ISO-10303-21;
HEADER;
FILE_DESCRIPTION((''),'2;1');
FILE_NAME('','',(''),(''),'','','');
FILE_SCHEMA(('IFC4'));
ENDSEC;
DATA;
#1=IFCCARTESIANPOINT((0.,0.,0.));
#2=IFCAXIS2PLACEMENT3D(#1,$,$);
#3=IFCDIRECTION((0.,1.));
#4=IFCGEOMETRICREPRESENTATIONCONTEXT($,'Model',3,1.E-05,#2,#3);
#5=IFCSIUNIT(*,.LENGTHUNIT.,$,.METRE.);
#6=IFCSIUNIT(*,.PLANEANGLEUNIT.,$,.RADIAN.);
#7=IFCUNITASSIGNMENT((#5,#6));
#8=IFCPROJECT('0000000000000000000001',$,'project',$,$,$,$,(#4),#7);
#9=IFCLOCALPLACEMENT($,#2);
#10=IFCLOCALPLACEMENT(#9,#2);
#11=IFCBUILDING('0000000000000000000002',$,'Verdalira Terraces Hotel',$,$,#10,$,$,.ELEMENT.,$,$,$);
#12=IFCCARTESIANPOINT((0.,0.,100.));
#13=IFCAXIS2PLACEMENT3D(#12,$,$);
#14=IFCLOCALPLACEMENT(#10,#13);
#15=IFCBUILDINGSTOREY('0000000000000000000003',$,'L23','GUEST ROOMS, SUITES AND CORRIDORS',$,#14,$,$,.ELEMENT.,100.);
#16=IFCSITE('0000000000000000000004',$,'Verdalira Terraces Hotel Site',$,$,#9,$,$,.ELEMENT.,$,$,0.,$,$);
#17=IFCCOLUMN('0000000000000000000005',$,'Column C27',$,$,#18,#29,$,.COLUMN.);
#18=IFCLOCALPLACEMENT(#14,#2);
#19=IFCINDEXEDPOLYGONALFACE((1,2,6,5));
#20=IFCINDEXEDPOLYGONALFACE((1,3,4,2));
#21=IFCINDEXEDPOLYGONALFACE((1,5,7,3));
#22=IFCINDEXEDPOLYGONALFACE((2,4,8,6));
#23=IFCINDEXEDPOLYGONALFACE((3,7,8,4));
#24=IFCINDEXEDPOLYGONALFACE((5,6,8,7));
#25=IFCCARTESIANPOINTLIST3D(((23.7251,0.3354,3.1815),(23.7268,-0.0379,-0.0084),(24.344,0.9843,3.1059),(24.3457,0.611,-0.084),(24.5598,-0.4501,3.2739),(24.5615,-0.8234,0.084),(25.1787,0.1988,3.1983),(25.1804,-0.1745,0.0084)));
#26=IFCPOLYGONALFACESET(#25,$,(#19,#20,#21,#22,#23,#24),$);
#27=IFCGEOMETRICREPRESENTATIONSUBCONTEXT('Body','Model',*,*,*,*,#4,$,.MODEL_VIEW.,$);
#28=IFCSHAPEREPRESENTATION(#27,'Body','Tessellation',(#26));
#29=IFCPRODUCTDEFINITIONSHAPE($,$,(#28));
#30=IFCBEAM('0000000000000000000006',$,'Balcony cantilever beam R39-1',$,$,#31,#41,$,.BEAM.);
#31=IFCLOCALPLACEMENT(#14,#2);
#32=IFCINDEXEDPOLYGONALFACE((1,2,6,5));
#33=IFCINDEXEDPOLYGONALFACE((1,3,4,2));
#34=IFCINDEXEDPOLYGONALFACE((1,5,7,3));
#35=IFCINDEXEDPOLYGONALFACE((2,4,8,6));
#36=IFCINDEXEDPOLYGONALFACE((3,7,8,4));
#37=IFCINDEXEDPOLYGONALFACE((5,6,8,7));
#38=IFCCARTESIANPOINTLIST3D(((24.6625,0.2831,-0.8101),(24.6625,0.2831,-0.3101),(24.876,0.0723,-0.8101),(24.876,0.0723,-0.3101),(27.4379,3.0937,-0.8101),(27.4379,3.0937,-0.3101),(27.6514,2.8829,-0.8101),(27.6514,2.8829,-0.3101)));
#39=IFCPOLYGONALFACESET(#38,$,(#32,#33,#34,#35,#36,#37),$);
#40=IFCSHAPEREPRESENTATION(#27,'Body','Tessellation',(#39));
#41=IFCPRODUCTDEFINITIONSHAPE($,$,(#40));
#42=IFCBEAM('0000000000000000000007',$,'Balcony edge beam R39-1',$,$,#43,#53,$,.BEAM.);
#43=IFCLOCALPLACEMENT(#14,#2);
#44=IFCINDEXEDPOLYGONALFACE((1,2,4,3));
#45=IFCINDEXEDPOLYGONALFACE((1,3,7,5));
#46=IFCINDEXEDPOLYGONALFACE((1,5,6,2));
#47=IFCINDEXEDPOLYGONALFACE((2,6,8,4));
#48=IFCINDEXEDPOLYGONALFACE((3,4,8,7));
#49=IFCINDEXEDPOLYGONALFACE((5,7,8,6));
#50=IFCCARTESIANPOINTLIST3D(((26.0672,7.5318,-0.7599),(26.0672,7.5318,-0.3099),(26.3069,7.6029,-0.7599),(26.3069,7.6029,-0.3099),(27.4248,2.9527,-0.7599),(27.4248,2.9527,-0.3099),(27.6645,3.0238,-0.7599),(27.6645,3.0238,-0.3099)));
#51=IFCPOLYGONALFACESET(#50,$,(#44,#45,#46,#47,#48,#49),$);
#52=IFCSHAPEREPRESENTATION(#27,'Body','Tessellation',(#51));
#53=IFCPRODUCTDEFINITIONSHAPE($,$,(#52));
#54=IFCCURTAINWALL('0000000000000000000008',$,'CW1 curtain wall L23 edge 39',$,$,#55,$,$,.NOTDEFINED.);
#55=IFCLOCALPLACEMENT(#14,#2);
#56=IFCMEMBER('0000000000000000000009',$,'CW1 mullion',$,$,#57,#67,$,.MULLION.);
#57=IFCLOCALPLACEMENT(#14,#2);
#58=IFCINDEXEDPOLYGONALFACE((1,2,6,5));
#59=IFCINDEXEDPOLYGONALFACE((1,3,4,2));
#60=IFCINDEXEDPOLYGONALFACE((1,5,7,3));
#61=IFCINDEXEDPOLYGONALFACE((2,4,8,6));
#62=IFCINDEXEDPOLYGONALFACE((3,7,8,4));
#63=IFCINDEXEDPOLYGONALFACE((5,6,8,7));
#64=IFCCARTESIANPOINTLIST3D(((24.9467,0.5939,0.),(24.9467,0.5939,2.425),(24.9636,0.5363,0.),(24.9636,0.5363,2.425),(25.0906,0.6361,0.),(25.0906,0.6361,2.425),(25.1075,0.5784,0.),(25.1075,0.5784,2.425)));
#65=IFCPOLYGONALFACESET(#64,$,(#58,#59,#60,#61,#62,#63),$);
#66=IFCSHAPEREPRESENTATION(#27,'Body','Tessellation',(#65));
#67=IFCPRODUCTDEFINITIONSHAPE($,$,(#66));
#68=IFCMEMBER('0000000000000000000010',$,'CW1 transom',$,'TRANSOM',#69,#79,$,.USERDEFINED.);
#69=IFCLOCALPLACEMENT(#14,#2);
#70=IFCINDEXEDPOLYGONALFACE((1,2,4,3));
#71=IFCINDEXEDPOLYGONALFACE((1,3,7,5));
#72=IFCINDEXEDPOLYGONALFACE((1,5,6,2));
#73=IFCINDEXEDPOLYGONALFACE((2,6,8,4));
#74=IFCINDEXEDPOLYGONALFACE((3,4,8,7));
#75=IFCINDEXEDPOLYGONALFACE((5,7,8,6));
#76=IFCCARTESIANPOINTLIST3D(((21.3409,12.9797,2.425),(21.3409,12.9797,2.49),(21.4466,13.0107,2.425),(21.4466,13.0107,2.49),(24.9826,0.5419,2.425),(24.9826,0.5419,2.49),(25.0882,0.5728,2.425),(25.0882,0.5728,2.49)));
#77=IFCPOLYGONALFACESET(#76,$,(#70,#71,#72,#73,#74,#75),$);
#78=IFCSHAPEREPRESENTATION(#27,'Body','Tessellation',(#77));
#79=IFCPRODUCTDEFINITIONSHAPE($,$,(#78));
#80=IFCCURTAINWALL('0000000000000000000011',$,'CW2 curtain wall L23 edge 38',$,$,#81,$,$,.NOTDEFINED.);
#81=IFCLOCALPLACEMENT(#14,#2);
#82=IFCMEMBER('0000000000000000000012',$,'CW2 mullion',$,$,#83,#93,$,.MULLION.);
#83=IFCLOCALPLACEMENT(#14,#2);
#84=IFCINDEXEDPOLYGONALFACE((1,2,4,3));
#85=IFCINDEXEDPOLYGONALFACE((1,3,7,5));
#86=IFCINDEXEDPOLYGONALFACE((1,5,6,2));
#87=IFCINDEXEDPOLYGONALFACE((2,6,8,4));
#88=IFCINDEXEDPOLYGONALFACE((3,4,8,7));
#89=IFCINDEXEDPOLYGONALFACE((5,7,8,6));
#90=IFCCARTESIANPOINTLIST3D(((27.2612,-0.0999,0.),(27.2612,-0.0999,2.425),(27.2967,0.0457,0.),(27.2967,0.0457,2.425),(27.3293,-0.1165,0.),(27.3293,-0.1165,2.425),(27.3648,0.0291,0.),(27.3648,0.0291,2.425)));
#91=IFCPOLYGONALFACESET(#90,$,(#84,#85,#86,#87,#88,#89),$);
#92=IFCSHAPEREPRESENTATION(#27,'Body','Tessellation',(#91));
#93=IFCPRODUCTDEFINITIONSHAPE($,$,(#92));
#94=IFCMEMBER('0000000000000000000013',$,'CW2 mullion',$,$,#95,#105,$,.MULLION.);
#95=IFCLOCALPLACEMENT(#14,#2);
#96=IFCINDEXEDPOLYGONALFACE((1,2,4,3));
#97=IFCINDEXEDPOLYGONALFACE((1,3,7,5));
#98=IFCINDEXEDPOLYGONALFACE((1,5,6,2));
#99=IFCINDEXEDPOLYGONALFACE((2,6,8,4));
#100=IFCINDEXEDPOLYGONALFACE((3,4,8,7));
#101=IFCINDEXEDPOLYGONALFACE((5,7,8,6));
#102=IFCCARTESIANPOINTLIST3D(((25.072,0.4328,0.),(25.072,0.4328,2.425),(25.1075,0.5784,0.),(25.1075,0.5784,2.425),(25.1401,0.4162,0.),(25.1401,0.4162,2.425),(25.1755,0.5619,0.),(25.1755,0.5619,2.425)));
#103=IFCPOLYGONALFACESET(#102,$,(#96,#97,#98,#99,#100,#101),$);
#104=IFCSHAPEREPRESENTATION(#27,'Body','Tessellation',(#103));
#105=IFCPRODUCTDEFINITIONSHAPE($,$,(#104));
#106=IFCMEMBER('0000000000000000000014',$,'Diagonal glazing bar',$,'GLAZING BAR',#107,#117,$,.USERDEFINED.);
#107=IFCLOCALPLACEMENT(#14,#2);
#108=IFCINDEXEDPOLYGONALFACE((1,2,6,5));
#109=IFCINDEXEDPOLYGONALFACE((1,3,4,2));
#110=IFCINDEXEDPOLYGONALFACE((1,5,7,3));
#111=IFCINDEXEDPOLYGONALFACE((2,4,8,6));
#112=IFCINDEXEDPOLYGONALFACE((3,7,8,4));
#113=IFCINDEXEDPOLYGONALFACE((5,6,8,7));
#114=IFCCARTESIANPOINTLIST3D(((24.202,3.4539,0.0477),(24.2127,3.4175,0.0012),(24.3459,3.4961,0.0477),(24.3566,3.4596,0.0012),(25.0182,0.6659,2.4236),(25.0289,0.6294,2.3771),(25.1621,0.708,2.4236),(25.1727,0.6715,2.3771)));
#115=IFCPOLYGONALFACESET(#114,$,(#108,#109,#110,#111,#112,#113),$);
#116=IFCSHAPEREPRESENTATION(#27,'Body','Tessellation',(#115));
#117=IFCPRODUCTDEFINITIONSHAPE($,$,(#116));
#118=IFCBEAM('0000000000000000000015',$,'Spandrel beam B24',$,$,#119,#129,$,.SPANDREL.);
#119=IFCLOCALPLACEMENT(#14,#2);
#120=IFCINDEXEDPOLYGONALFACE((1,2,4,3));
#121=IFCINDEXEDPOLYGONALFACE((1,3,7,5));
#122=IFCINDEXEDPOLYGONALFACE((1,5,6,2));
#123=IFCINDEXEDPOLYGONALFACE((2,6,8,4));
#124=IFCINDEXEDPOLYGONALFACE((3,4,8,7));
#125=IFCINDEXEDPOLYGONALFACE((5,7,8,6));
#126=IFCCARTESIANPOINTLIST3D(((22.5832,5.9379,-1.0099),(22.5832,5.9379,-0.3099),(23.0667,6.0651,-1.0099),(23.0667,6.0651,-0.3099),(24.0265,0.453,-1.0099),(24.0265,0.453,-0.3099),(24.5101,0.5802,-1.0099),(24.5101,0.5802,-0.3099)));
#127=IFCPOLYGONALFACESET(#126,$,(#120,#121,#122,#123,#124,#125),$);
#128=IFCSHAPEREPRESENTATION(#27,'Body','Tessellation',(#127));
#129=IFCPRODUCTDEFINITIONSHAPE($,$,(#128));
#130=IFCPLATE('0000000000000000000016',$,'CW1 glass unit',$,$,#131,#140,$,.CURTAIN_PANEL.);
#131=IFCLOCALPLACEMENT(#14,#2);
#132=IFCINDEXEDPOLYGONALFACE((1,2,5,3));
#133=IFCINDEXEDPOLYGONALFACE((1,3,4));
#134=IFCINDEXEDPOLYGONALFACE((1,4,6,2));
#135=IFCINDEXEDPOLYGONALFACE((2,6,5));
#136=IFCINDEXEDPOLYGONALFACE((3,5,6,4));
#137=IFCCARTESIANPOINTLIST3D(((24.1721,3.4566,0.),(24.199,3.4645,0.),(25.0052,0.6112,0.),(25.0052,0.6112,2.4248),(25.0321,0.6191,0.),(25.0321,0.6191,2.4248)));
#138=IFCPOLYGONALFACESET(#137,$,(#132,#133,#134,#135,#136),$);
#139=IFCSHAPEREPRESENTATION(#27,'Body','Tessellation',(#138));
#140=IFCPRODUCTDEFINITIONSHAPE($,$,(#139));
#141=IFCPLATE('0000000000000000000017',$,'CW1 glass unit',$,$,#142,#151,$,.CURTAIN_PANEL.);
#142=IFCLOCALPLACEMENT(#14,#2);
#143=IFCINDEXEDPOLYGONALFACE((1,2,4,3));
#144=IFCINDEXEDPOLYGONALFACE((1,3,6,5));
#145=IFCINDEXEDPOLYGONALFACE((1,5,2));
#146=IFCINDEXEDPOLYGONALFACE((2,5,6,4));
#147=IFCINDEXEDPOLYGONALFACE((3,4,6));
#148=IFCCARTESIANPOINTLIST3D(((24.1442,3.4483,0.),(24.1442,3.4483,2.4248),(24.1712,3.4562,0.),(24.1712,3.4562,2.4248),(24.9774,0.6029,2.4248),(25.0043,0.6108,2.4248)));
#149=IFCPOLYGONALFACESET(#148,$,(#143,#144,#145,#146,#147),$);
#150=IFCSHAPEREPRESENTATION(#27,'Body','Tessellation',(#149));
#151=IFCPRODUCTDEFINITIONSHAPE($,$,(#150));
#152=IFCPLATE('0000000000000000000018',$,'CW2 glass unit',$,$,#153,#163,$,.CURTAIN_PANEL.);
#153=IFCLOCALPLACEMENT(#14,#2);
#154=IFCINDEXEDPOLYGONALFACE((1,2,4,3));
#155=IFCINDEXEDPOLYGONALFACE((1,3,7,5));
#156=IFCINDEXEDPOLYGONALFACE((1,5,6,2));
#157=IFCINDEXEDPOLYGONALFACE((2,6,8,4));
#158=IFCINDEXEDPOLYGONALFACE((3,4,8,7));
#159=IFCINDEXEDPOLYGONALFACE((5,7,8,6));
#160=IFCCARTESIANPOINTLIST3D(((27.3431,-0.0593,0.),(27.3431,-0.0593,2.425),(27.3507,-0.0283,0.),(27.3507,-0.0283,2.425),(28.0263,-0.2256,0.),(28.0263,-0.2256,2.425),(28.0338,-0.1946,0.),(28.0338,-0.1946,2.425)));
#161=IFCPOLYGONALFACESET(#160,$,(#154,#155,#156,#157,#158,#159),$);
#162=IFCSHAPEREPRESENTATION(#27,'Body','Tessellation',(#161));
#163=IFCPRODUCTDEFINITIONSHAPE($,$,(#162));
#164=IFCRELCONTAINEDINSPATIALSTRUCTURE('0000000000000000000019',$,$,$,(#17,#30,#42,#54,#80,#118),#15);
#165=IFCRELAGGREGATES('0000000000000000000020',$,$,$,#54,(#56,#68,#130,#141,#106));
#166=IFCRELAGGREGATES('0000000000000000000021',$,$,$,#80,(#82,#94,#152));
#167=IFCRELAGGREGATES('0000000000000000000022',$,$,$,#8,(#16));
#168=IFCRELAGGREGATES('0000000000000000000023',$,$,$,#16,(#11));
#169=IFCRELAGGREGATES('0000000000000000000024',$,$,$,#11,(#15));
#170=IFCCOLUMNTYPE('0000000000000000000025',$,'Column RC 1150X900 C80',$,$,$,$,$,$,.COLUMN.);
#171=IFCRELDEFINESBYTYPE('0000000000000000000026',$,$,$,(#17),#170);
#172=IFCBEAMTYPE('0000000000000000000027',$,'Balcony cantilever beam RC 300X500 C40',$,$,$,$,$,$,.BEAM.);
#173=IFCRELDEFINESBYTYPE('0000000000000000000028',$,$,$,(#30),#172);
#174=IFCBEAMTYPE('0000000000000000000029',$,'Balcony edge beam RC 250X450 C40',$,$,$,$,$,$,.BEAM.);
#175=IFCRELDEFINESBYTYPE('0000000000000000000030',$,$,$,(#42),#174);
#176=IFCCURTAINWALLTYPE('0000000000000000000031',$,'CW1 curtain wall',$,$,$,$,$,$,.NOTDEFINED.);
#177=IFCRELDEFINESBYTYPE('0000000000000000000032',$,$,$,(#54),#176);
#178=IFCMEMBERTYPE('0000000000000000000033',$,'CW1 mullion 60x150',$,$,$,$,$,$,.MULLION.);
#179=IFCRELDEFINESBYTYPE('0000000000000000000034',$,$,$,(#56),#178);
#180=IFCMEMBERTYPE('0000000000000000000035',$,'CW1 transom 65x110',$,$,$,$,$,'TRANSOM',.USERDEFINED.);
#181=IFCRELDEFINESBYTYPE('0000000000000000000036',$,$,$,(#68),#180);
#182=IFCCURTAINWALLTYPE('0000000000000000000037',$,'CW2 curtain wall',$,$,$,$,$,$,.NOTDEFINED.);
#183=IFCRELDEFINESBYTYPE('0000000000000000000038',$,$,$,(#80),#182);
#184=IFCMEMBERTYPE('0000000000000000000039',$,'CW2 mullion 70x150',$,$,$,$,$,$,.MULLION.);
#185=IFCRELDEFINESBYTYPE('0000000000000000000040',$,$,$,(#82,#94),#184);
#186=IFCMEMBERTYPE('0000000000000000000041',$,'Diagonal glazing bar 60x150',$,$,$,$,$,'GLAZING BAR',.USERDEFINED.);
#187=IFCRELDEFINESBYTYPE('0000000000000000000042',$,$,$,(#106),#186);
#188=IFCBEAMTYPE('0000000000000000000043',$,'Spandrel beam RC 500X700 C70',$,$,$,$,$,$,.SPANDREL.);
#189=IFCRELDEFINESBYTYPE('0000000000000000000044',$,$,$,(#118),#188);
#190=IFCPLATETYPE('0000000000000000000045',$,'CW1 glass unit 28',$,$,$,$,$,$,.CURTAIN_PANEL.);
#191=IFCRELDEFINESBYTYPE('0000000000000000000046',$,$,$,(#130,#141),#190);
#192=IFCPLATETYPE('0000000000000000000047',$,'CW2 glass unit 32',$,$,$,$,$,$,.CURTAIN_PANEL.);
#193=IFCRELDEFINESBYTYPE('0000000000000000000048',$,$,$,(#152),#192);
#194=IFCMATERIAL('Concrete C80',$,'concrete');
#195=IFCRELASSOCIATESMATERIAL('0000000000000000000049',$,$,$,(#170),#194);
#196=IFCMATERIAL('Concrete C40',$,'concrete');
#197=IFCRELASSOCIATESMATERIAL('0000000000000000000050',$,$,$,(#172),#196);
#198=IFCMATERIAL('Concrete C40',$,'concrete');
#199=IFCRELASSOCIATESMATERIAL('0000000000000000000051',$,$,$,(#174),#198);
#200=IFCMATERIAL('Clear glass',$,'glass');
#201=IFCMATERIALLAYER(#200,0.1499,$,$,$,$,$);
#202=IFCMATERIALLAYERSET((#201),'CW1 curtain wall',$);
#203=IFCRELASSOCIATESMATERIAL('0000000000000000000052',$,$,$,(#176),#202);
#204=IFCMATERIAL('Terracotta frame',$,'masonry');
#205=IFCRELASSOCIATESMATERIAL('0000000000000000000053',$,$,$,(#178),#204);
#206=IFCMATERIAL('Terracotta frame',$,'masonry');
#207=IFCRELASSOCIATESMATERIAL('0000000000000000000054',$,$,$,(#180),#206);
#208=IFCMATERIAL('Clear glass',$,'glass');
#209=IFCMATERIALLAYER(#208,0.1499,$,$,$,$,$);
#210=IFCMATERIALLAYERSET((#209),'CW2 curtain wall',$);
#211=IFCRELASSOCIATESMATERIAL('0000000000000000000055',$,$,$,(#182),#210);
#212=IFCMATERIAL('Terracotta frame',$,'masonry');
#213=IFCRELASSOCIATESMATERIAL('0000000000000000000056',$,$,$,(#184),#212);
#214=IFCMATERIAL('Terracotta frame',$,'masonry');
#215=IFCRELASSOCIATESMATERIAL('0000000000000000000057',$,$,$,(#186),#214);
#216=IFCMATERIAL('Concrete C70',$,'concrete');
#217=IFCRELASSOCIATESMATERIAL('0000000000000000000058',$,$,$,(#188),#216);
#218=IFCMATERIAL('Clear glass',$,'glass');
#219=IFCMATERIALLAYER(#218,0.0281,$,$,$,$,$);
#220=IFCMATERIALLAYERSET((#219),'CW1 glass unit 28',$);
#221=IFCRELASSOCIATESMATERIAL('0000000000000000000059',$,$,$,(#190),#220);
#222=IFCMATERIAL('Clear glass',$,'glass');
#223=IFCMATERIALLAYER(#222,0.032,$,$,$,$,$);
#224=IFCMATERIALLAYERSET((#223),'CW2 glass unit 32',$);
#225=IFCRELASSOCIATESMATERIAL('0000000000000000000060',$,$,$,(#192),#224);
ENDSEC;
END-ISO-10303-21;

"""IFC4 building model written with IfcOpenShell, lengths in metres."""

from ifc_helpers import new_model, si_unit, direction, frame, origin, origin_2d, place, context, subcontext, project, spatial, polyline, rectangle, outline, extrude, material, layer, layer_set, material_profile, profile_set, type_object, element, aggregate, save


model = new_model("IFC4")

# Units and contexts
model_context = context("Model", 3, precision=1e-05, world=origin(), true_north=direction((0.0, 1.0)))
body_context = subcontext(model_context, "Body", "Model", "MODEL_VIEW")
ifc_project = project(units=[si_unit("LENGTHUNIT", "METRE"), si_unit("PLANEANGLEUNIT", "RADIAN")], contexts=[model_context])

# Site, building, storey
site_placement = place(None, origin())
site = spatial("IfcSite", under=ifc_project, at=site_placement, Name="Verdalira Terraces Hotel Site", CompositionType="ELEMENT", RefElevation=0.0)
building_placement = place(site_placement, origin())
building = spatial("IfcBuilding", under=site, at=building_placement, Name="Verdalira Terraces Hotel", CompositionType="ELEMENT")
storey_placement = place(building_placement, frame((0.0, 0.0, 100.0)))
storey = spatial("IfcBuildingStorey", under=building, at=storey_placement, Name="L23", Description="GUEST ROOMS, SUITES AND CORRIDORS", CompositionType="ELEMENT", Elevation=100.0)

# Column
ifc_material_1 = material(Name="Concrete C80", Category="concrete")
ifc_material_profile_1 = material_profile(ifc_material_1, rectangle(XDim=1.1499, YDim=0.8999, at=origin_2d()), Name="RC 1150X900")
ifc_profile_set_1 = profile_set([ifc_material_profile_1], Name="Concrete C80")
column_type = type_object("IfcColumnType", Name="Column RC 1150X900 C80", PredefinedType="COLUMN", material=ifc_profile_set_1)
column_placement = place(storey_placement, frame((24.4536, -0.1062, 0.0), z_axis=(-0.000532, 0.116228, 0.993222), x_axis=(0.725905, -0.683088, 0.080325)))
element("IfcColumn", 1, at=column_placement, inside=storey, type_object=column_type, Name="Column C27", PredefinedType="COLUMN", context=body_context, shape_type="SweptSolid", body=[
    extrude(rectangle(XDim=1.1499, YDim=0.8999, at=origin_2d()), origin(), (0.0, 0.0, 1.0), 3.2117),
])

# Beams
ifc_material_2 = material(Name="Concrete C40", Category="concrete")
ifc_material_profile_2 = material_profile(ifc_material_2, rectangle(XDim=0.3, YDim=0.5, at=origin_2d()), Name="RC 300X500")
ifc_profile_set_2 = profile_set([ifc_material_profile_2], Name="Concrete C40")
beam_type_1 = type_object("IfcBeamType", Name="Balcony cantilever beam RC 300X500 C40", PredefinedType="BEAM", material=ifc_profile_set_2)
beam_1_placement = place(storey_placement, frame((24.7693, 0.1777, -0.5601), z_axis=(0.702643, 0.711543, 0.0), x_axis=(-0.711543, 0.702643, 0.0)))
element("IfcBeam", 2, at=beam_1_placement, inside=storey, type_object=beam_type_1, Name="Balcony cantilever beam R39-1", PredefinedType="BEAM", context=body_context, shape_type="SweptSolid", body=[
    extrude(rectangle(XDim=0.3, YDim=0.5, at=origin_2d()), origin(), (0.0, 0.0, 1.0), 3.95),
])
ifc_material_3 = material(Name="Concrete C40", Category="concrete")
ifc_material_profile_3 = material_profile(ifc_material_3, rectangle(XDim=0.25, YDim=0.45, at=origin_2d()), Name="RC 250X450")
ifc_profile_set_3 = profile_set([ifc_material_profile_3], Name="Concrete C40")
beam_type_2 = type_object("IfcBeamType", Name="Balcony edge beam RC 250X450 C40", PredefinedType="BEAM", material=ifc_profile_set_3)
beam_2_placement = place(storey_placement, frame((27.5447, 2.9883, -0.5349), z_axis=(-0.284261, 0.958747, 0.0), x_axis=(-0.958747, -0.284261, 0.0)))
element("IfcBeam", 3, at=beam_2_placement, inside=storey, type_object=beam_type_2, Name="Balcony edge beam R39-1", PredefinedType="BEAM", context=body_context, shape_type="SweptSolid", body=[
    extrude(rectangle(XDim=0.25, YDim=0.45, at=origin_2d()), origin(), (0.0, 0.0, 1.0), 4.7761),
])

# Curtain walls, members
ifc_material_4 = material(Name="Clear glass", Category="glass")
ifc_layer_1 = layer(ifc_material_4, 0.1499)
ifc_layer_set_1 = layer_set([ifc_layer_1], Name="CW1 curtain wall")
curtain_wall_type_1 = type_object("IfcCurtainWallType", Name="CW1 curtain wall", PredefinedType="NOTDEFINED", material=ifc_layer_set_1)
curtain_wall_1_placement = place(storey_placement, origin())
curtain_wall_1 = element("IfcCurtainWall", 4, at=curtain_wall_1_placement, inside=storey, type_object=curtain_wall_type_1, Name="CW1 curtain wall L23 edge 39", PredefinedType="NOTDEFINED")
ifc_material_5 = material(Name="Terracotta frame", Category="masonry")
ifc_material_profile_4 = material_profile(ifc_material_5, rectangle(XDim=0.0601, YDim=0.1499, at=origin_2d()), Name="MU 60x150")
ifc_profile_set_4 = profile_set([ifc_material_profile_4], Name="Terracotta frame")
member_type_1 = type_object("IfcMemberType", Name="CW1 mullion 60x150", PredefinedType="MULLION", material=ifc_profile_set_4)
member_1_placement = place(storey_placement, frame((25.0271, 0.5862, 0.0), z_axis=(0.0, 0.0, 1.0), x_axis=(-0.281002, 0.959707, 0.0)))
member_1 = element("IfcMember", 5, at=member_1_placement, type_object=member_type_1, Name="CW1 mullion", PredefinedType="MULLION", context=body_context, shape_type="SweptSolid", body=[
    extrude(rectangle(XDim=0.0601, YDim=0.1499, at=origin_2d()), origin(), (0.0, 0.0, 1.0), 2.425),
])
ifc_material_6 = material(Name="Terracotta frame", Category="masonry")
ifc_material_profile_5 = material_profile(ifc_material_6, rectangle(XDim=0.1101, YDim=0.0649, at=origin_2d()), Name="TR 65x110")
ifc_profile_set_5 = profile_set([ifc_material_profile_5], Name="Terracotta frame")
member_type_2 = type_object("IfcMemberType", Name="CW1 transom 65x110", ElementType="TRANSOM", PredefinedType="USERDEFINED", material=ifc_profile_set_5)
member_2_placement = place(storey_placement, frame((25.0354, 0.5574, 2.4575), z_axis=(-0.28099, 0.959711, 0.0), x_axis=(-0.959711, -0.28099, 0.0)))
member_2 = element("IfcMember", 6, at=member_2_placement, type_object=member_type_2, Name="CW1 transom", ObjectType="TRANSOM", PredefinedType="USERDEFINED", context=body_context, shape_type="SweptSolid", body=[
    extrude(rectangle(XDim=0.1101, YDim=0.0649, at=origin_2d()), origin(), (0.0, 0.0, 1.0), 12.96),
])
ifc_material_7 = material(Name="Clear glass", Category="glass")
ifc_layer_2 = layer(ifc_material_7, 0.1499)
ifc_layer_set_2 = layer_set([ifc_layer_2], Name="CW2 curtain wall")
curtain_wall_type_2 = type_object("IfcCurtainWallType", Name="CW2 curtain wall", PredefinedType="NOTDEFINED", material=ifc_layer_set_2)
curtain_wall_2_placement = place(storey_placement, origin())
curtain_wall_2 = element("IfcCurtainWall", 7, at=curtain_wall_2_placement, inside=storey, type_object=curtain_wall_type_2, Name="CW2 curtain wall L23 edge 38", PredefinedType="NOTDEFINED")
ifc_material_8 = material(Name="Terracotta frame", Category="masonry")
ifc_material_profile_6 = material_profile(ifc_material_8, rectangle(XDim=0.0701, YDim=0.1499, at=origin_2d()), Name="MU 70x150")
ifc_profile_set_6 = profile_set([ifc_material_profile_6], Name="Terracotta frame")
member_type_3 = type_object("IfcMemberType", Name="CW2 mullion 70x150", PredefinedType="MULLION", material=ifc_profile_set_6)
member_3_placement = place(storey_placement, frame((27.313, -0.0354, 0.0), z_axis=(0.0, 0.0, 1.0), x_axis=(-0.971632, 0.236499, 0.0)))
member_3 = element("IfcMember", 8, at=member_3_placement, type_object=member_type_3, Name="CW2 mullion", PredefinedType="MULLION", context=body_context, shape_type="SweptSolid", body=[
    extrude(rectangle(XDim=0.0701, YDim=0.1499, at=origin_2d()), origin(), (0.0, 0.0, 1.0), 2.425),
])
member_4_placement = place(storey_placement, frame((25.1238, 0.4973, 0.0), z_axis=(0.0, 0.0, 1.0), x_axis=(-0.971632, 0.236499, 0.0)))
member_4 = element("IfcMember", 9, at=member_4_placement, type_object=member_type_3, Name="CW2 mullion", PredefinedType="MULLION", context=body_context, shape_type="SweptSolid", body=[
    extrude(rectangle(XDim=0.0701, YDim=0.1499, at=origin_2d()), origin(), (0.0, 0.0, 1.0), 2.425),
])

# Member
ifc_material_9 = material(Name="Terracotta frame", Category="masonry")
ifc_material_profile_7 = material_profile(ifc_material_9, rectangle(XDim=0.1499, YDim=0.0601, at=origin_2d()), Name="GB 60x150")
ifc_profile_set_7 = profile_set([ifc_material_profile_7], Name="Terracotta frame")
member_type_4 = type_object("IfcMemberType", Name="Diagonal glazing bar 60x150", ElementType="GLAZING BAR", PredefinedType="USERDEFINED", material=ifc_profile_set_7)
member_5_placement = place(storey_placement, frame((25.0955, 0.6687, 2.4004), z_axis=(-0.217471, 0.742901, -0.633092), x_axis=(-0.959725, -0.280942, 0.0)))
member_5 = element("IfcMember", 10, at=member_5_placement, type_object=member_type_4, Name="Diagonal glazing bar", ObjectType="GLAZING BAR", PredefinedType="USERDEFINED", context=body_context, shape_type="SweptSolid", body=[
    extrude(rectangle(XDim=0.1499, YDim=0.0601, at=origin_2d()), origin(), (0.0, 0.0, 1.0), 3.7529),
])

# Beam
ifc_material_10 = material(Name="Concrete C70", Category="concrete")
ifc_material_profile_8 = material_profile(ifc_material_10, rectangle(XDim=0.5, YDim=0.7, at=origin_2d()), Name="RC 500X700")
ifc_profile_set_8 = profile_set([ifc_material_profile_8], Name="Concrete C70")
beam_type_3 = type_object("IfcBeamType", Name="Spandrel beam RC 500X700 C70", PredefinedType="SPANDREL", material=ifc_profile_set_8)
beam_3_placement = place(storey_placement, frame((24.2683, 0.5166, -0.6599), z_axis=(-0.254489, 0.967076, 0.0), x_axis=(-0.967076, -0.254489, 0.0)))
element("IfcBeam", 11, at=beam_3_placement, inside=storey, type_object=beam_type_3, Name="Spandrel beam B24", PredefinedType="SPANDREL", context=body_context, shape_type="SweptSolid", body=[
    extrude(rectangle(XDim=0.5, YDim=0.7, at=origin_2d()), origin(), (0.0, 0.0, 1.0), 5.6716),
])

# Plates
ifc_material_11 = material(Name="Clear glass", Category="glass")
ifc_layer_3 = layer(ifc_material_11, 0.0281)
ifc_layer_set_3 = layer_set([ifc_layer_3], Name="CW1 glass unit 28")
plate_type_1 = type_object("IfcPlateType", Name="CW1 glass unit 28", PredefinedType="CURTAIN_PANEL", material=ifc_layer_set_3)
plate_1_placement = place(storey_placement, frame((24.5886, 2.0339, 1.2124), z_axis=(0.959707, 0.281002, 0.0), x_axis=(-0.281002, 0.959707, 0.0)))
plate_1 = element("IfcPlate", 12, at=plate_1_placement, type_object=plate_type_1, Name="CW1 glass unit", PredefinedType="CURTAIN_PANEL", context=body_context, shape_type="SweptSolid", body=[
    extrude(outline(polyline([(-1.4824, -1.2124), (1.4824, -1.2124), (-1.4824, 1.2124), (-1.4824, -1.2124)])), origin(), (0.0, 0.0, 1.0), 0.0281),
])
plate_2_placement = place(storey_placement, frame((24.5608, 2.0256, 1.2124), z_axis=(0.959707, 0.281002, 0.0), x_axis=(-0.281002, 0.959707, 0.0)))
plate_2 = element("IfcPlate", 13, at=plate_2_placement, type_object=plate_type_1, Name="CW1 glass unit", PredefinedType="CURTAIN_PANEL", context=body_context, shape_type="SweptSolid", body=[
    extrude(outline(polyline([(1.4824, -1.2124), (1.4824, 1.2124), (-1.4824, 1.2124), (1.4824, -1.2124)])), origin(), (0.0, 0.0, 1.0), 0.0281),
])
aggregate(curtain_wall_1, [member_1, member_2, plate_1, plate_2, member_5])
ifc_material_12 = material(Name="Clear glass", Category="glass")
ifc_layer_4 = layer(ifc_material_12, 0.032)
ifc_layer_set_4 = layer_set([ifc_layer_4], Name="CW2 glass unit 32")
plate_type_2 = type_object("IfcPlateType", Name="CW2 glass unit 32", PredefinedType="CURTAIN_PANEL", material=ifc_layer_set_4)
plate_3_placement = place(storey_placement, frame((27.6885, -0.127, 0.0), z_axis=(0.0, 0.0, 1.0), x_axis=(-0.971632, 0.236499, 0.0)))
plate_3 = element("IfcPlate", 14, at=plate_3_placement, type_object=plate_type_2, Name="CW2 glass unit", PredefinedType="CURTAIN_PANEL", context=body_context, shape_type="SweptSolid", body=[
    extrude(rectangle(XDim=0.7031, YDim=0.032, at=origin_2d()), origin(), (0.0, 0.0, 1.0), 2.425),
])
aggregate(curtain_wall_2, [member_3, member_4, plate_3])

save(model, "model.ifc")
